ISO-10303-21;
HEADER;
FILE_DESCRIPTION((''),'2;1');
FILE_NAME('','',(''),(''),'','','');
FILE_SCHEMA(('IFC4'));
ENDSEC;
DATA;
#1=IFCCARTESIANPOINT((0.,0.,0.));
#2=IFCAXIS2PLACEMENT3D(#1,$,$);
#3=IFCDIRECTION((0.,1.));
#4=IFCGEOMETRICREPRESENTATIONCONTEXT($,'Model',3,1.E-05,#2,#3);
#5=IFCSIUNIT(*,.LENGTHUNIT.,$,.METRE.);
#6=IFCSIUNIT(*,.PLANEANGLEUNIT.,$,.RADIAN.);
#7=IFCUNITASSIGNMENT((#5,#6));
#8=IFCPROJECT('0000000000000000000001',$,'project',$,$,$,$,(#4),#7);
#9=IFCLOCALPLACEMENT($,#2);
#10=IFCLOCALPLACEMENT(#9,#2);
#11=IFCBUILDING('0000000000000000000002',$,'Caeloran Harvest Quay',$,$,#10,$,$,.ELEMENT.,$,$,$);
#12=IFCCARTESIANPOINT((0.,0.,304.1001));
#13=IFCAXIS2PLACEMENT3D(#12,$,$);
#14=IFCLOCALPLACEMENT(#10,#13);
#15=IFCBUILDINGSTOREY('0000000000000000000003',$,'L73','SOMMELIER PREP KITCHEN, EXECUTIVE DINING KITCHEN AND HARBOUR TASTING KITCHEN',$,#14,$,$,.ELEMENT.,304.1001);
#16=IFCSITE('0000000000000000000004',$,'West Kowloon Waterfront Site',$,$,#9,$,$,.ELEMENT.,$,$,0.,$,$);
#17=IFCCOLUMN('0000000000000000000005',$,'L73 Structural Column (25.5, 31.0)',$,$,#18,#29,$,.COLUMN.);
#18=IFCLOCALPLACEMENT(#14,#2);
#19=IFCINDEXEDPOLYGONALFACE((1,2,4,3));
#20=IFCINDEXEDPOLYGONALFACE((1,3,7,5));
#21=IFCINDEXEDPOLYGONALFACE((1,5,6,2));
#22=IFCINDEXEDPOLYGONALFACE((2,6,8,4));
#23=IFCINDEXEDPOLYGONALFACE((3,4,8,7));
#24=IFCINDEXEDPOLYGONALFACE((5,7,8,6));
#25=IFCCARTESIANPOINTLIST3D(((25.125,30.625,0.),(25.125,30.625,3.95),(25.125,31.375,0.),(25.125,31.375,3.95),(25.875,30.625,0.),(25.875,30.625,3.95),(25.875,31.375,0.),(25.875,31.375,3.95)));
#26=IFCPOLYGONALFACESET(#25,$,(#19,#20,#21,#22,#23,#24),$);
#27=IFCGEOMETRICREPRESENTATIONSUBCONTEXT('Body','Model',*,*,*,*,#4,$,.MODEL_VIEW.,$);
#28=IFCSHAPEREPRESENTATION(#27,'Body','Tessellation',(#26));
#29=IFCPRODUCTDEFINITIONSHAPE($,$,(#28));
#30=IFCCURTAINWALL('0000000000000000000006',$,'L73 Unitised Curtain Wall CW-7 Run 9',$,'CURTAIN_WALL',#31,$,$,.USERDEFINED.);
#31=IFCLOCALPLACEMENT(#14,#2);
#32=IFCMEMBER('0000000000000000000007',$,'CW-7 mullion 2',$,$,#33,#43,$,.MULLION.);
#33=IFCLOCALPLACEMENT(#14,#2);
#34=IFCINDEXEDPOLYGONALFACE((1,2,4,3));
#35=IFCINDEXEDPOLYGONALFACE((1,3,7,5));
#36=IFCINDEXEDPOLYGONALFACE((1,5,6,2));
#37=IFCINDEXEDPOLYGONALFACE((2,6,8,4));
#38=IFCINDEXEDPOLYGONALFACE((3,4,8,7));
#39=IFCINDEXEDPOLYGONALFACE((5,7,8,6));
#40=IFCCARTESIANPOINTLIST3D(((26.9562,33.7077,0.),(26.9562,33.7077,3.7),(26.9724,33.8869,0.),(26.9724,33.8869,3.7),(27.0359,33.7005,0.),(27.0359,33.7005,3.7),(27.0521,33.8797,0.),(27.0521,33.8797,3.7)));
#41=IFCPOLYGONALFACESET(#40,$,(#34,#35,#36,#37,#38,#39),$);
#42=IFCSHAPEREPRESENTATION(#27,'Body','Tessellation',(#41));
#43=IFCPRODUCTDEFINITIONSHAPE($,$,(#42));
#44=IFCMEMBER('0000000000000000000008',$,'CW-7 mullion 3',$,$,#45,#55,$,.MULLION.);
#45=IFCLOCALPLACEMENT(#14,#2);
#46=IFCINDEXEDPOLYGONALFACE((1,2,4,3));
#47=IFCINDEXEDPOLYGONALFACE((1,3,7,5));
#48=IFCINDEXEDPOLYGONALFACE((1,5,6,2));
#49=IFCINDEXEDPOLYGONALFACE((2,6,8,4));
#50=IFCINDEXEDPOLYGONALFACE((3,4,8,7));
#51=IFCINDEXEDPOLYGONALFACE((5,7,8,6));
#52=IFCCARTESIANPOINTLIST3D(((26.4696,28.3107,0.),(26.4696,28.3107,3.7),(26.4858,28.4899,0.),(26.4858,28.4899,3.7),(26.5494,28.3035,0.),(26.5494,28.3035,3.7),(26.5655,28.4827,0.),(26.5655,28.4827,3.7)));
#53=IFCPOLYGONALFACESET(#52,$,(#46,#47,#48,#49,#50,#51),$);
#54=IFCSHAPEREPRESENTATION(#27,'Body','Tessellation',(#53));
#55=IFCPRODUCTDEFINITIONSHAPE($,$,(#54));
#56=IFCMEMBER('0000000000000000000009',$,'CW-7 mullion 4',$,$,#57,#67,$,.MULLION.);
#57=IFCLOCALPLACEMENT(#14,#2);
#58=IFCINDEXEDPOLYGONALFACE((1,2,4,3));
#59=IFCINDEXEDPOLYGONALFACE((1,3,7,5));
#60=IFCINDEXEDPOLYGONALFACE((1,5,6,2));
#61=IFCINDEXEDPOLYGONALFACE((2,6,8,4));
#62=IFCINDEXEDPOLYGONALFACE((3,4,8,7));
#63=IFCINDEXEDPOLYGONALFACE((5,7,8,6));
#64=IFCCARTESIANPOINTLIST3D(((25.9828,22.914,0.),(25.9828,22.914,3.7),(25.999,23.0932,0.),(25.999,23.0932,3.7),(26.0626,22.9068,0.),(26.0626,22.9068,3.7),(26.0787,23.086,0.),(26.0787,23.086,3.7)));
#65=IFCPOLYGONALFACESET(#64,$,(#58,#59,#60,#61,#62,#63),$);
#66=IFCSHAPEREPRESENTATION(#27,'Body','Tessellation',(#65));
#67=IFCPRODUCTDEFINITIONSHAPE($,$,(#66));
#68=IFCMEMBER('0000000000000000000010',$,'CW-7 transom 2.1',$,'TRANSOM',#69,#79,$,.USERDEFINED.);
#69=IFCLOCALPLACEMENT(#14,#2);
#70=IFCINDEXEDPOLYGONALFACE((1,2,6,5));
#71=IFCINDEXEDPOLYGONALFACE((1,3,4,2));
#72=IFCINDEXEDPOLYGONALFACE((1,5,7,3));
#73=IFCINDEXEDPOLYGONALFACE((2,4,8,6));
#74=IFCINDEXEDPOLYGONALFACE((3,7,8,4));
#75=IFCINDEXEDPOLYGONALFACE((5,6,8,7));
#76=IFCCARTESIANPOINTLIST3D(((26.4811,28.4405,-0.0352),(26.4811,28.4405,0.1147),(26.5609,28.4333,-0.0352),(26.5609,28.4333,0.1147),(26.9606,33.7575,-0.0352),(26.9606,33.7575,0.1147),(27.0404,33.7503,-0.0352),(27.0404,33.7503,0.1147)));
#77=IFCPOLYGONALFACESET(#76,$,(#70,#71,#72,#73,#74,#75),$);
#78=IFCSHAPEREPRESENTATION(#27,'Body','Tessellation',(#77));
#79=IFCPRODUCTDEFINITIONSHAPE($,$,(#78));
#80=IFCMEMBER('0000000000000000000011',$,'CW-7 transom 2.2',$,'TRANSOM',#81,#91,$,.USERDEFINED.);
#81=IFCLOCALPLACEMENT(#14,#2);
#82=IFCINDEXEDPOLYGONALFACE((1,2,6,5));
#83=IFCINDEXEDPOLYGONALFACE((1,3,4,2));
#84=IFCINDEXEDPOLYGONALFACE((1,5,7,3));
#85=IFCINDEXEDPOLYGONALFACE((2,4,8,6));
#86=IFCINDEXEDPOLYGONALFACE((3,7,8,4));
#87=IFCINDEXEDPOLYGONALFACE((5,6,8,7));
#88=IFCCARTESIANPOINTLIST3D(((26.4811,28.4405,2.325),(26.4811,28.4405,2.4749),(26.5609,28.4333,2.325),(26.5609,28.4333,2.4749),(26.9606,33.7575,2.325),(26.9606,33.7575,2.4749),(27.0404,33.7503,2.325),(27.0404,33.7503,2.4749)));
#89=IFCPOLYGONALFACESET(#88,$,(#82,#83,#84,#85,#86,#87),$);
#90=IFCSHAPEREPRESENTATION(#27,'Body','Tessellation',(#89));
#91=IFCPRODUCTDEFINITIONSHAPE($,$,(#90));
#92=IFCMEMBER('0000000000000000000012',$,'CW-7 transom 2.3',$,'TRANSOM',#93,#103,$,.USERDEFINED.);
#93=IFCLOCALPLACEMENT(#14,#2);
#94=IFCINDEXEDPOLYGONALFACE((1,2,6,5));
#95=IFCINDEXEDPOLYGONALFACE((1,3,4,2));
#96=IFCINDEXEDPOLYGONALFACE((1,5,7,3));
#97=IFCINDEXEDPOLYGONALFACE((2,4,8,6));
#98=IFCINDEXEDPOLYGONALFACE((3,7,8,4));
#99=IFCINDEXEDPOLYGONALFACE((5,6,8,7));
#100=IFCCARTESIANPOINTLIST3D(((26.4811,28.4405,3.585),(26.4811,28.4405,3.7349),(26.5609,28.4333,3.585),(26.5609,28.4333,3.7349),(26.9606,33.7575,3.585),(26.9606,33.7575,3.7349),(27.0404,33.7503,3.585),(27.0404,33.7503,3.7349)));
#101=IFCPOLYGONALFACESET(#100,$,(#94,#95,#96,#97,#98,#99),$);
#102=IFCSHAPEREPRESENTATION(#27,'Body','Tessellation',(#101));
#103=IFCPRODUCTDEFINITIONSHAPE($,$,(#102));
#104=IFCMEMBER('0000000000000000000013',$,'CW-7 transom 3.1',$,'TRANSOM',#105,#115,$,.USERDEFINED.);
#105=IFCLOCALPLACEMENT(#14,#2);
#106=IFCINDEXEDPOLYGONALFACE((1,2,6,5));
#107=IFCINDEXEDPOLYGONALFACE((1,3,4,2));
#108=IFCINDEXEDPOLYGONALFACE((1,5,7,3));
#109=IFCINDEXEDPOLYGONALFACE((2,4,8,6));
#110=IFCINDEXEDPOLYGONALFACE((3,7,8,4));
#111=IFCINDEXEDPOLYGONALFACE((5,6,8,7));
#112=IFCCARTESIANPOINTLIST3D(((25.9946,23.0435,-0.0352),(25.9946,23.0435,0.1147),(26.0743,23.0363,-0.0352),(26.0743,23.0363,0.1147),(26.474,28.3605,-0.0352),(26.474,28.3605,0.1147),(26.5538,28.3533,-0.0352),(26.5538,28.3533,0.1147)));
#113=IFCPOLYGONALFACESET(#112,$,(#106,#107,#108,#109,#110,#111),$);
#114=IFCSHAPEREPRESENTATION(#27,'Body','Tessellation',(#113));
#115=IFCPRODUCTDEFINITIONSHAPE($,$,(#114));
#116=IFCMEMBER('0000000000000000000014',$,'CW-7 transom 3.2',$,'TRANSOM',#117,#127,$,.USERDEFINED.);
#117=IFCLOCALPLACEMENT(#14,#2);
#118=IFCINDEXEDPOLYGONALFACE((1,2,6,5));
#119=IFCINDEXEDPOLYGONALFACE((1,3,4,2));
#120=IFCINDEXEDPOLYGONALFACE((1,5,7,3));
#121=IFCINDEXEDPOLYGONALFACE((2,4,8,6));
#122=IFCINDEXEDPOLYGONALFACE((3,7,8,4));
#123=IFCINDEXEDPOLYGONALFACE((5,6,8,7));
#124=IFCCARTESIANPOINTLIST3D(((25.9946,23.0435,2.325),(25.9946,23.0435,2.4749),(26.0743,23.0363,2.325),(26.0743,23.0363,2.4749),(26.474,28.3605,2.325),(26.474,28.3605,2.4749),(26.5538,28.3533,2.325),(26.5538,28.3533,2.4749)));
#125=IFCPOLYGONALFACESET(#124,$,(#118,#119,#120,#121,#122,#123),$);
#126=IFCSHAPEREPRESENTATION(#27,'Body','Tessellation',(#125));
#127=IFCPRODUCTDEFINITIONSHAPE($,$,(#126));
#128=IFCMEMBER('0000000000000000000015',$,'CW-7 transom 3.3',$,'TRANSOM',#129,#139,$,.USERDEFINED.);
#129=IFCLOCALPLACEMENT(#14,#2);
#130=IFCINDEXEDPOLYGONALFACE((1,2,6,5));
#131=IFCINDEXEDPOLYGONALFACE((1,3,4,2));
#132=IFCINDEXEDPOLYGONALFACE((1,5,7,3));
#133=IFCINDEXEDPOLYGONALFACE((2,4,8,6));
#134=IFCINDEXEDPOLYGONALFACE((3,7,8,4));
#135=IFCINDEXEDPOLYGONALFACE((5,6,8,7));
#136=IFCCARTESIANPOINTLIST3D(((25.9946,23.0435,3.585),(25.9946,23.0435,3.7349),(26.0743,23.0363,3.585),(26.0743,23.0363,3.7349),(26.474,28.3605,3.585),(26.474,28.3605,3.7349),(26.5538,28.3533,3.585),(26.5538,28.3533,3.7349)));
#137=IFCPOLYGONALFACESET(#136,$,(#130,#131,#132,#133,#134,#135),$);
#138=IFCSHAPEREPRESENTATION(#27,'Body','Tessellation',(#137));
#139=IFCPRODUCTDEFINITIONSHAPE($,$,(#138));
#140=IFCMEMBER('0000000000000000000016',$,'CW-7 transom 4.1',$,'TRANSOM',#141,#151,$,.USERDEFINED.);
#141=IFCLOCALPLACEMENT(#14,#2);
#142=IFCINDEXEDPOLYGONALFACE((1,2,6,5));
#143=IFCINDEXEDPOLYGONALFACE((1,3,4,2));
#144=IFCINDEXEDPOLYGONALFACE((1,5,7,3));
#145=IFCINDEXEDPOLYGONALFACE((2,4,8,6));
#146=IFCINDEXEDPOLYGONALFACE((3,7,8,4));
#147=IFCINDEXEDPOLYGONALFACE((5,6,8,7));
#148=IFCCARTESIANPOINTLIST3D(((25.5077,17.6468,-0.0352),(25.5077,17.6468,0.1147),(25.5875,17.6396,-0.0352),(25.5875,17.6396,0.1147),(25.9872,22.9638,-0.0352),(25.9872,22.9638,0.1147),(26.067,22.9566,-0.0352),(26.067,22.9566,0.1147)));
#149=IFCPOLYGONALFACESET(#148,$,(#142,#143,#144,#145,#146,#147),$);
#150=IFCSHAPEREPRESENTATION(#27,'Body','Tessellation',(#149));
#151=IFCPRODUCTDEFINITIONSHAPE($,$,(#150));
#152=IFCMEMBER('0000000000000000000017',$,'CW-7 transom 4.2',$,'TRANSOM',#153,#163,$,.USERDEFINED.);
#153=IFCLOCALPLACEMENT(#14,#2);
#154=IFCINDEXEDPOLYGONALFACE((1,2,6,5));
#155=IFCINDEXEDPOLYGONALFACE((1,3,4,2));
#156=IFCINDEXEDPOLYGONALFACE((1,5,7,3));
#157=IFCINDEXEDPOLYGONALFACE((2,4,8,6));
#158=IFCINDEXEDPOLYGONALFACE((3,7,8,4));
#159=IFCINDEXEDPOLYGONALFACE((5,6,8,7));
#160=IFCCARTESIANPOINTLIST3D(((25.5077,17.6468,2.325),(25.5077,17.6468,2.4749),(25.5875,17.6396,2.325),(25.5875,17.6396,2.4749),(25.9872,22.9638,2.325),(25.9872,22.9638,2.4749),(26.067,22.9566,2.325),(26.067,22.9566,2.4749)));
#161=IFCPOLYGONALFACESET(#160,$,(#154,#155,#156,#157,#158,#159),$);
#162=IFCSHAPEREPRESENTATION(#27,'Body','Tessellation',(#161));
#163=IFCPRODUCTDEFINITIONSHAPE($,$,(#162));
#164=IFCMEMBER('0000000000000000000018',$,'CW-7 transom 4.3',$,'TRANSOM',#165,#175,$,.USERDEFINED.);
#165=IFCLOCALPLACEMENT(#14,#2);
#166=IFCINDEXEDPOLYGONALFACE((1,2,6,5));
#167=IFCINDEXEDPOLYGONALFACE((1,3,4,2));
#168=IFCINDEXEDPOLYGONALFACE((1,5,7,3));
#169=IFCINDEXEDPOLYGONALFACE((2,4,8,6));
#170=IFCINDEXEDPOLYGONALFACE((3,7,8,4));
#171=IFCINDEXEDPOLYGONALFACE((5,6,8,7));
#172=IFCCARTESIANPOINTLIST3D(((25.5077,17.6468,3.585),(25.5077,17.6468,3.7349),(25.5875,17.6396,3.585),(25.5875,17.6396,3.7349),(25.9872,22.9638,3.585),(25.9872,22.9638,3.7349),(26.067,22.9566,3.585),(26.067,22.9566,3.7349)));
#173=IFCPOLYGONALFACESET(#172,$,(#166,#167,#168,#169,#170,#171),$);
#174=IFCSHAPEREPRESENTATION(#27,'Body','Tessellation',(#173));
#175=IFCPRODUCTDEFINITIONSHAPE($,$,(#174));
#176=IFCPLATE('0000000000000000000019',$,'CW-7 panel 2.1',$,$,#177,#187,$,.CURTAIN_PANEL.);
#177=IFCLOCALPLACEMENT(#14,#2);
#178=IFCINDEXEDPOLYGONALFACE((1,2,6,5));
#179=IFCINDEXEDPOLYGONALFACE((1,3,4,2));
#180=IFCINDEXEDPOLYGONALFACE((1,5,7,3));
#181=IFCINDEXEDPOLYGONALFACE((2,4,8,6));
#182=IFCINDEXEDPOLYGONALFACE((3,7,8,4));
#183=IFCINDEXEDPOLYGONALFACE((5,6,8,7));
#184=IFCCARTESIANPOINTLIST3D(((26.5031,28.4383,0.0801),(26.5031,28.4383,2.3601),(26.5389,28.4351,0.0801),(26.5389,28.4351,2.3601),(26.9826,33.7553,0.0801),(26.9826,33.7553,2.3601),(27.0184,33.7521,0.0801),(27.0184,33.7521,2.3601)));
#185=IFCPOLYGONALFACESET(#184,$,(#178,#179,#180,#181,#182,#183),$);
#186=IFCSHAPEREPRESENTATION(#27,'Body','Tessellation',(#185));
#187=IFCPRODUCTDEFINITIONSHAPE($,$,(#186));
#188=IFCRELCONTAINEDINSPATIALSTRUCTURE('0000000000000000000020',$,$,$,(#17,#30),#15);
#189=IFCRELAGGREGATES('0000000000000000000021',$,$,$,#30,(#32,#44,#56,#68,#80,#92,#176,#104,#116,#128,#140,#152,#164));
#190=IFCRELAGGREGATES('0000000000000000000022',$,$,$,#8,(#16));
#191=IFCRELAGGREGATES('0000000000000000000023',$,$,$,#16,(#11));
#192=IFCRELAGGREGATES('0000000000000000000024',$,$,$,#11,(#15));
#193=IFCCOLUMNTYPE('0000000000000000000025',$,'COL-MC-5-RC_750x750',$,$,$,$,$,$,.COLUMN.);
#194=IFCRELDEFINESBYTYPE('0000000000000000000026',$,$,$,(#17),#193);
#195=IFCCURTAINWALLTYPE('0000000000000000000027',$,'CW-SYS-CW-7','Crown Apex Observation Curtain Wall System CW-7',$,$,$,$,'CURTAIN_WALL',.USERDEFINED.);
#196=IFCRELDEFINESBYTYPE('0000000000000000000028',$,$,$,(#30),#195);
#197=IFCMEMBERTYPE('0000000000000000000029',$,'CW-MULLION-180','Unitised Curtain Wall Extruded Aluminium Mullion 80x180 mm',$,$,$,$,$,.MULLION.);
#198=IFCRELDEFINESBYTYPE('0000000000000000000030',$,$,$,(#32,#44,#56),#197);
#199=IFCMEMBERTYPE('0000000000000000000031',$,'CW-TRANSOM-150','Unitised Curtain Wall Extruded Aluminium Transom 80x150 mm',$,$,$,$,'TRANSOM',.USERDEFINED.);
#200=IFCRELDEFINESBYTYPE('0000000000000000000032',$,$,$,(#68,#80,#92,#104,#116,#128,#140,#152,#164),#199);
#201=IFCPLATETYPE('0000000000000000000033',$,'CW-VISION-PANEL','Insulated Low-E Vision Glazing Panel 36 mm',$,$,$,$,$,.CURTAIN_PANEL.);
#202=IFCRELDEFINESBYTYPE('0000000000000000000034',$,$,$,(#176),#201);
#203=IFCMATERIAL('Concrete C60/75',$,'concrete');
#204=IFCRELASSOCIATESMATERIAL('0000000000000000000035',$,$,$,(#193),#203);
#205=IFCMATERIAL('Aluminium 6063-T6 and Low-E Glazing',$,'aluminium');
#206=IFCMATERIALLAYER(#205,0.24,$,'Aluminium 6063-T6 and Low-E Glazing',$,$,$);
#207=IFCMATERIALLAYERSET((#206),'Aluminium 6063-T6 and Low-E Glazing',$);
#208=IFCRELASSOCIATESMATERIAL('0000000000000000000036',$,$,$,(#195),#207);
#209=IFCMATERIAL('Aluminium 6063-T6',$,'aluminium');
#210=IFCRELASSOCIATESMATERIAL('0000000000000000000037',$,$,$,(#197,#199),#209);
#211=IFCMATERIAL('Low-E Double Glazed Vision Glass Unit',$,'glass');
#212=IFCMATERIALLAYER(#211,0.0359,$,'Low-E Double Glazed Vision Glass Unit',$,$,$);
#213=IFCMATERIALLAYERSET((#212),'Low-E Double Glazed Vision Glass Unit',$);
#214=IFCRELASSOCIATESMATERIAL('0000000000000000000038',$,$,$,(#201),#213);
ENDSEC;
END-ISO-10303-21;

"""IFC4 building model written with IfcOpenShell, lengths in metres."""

from ifc_helpers import new_model, si_unit, direction, frame, origin, origin_2d, place, context, subcontext, project, spatial, rectangle, extrude, material, layer, layer_set, material_profile, profile_set, type_object, element, aggregate, save


model = new_model("IFC4")

# Units and contexts
model_context = context("Model", 3, precision=1e-05, world=origin(), true_north=direction((0.0, 1.0)))
body_context = subcontext(model_context, "Body", "Model", "MODEL_VIEW")
ifc_project = project(units=[si_unit("LENGTHUNIT", "METRE"), si_unit("PLANEANGLEUNIT", "RADIAN")], contexts=[model_context])

# Site, building, storey
site_placement = place(None, origin())
site = spatial("IfcSite", under=ifc_project, at=site_placement, Name="West Kowloon Waterfront Site", CompositionType="ELEMENT", RefElevation=0.0)
building_placement = place(site_placement, origin())
building = spatial("IfcBuilding", under=site, at=building_placement, Name="Caeloran Harvest Quay", CompositionType="ELEMENT")
storey_placement = place(building_placement, frame((0.0, 0.0, 304.1001)))
storey = spatial("IfcBuildingStorey", under=building, at=storey_placement, Name="L73", Description="SOMMELIER PREP KITCHEN, EXECUTIVE DINING KITCHEN AND HARBOUR TASTING KITCHEN", CompositionType="ELEMENT", Elevation=304.1001)

# Column
ifc_material_1 = material(Name="Concrete C60/75", Category="concrete")
ifc_material_profile_1 = material_profile(ifc_material_1, rectangle(XDim=0.75, YDim=0.75, at=origin_2d()), Name="RC 750x750")
ifc_profile_set_1 = profile_set([ifc_material_profile_1], Name="Concrete C60/75")
column_type = type_object("IfcColumnType", Name="COL-MC-5-RC_750x750", PredefinedType="COLUMN", material=ifc_profile_set_1)
column_placement = place(storey_placement, frame((25.5, 31.0, 0.0), z_axis=(0.0, 0.0, 1.0), x_axis=(1.0, 0.0, 0.0)))
element("IfcColumn", 1, at=column_placement, inside=storey, type_object=column_type, Name="L73 Structural Column (25.5, 31.0)", PredefinedType="COLUMN", context=body_context, shape_type="SweptSolid", body=[
    extrude(rectangle(XDim=0.75, YDim=0.75, at=origin_2d()), origin(), (0.0, 0.0, 1.0), 3.95),
])

# Curtain wall, members, plate
ifc_material_2 = material(Name="Aluminium 6063-T6 and Low-E Glazing", Category="aluminium")
ifc_layer_1 = layer(ifc_material_2, 0.24, Name="Aluminium 6063-T6 and Low-E Glazing")
ifc_layer_set_1 = layer_set([ifc_layer_1], Name="Aluminium 6063-T6 and Low-E Glazing")
curtain_wall_type = type_object("IfcCurtainWallType", Name="CW-SYS-CW-7", Description="Crown Apex Observation Curtain Wall System CW-7", ElementType="CURTAIN_WALL", PredefinedType="USERDEFINED", material=ifc_layer_set_1)
curtain_wall_placement = place(storey_placement, origin())
curtain_wall = element("IfcCurtainWall", 2, at=curtain_wall_placement, inside=storey, type_object=curtain_wall_type, Name="L73 Unitised Curtain Wall CW-7 Run 9", ObjectType="CURTAIN_WALL", PredefinedType="USERDEFINED")
ifc_material_3 = material(Name="Aluminium 6063-T6", Category="aluminium")
ifc_material_profile_2 = material_profile(ifc_material_3, rectangle(XDim=0.0801, YDim=0.1799, at=origin_2d()), Name="CW-MULLION-180")
ifc_profile_set_2 = profile_set([ifc_material_profile_2], Name="Aluminium 6063-T6")
member_type_1 = type_object("IfcMemberType", Name="CW-MULLION-180", Description="Unitised Curtain Wall Extruded Aluminium Mullion 80x180 mm", PredefinedType="MULLION", material=ifc_profile_set_2)
member_1_placement = place(storey_placement, frame((27.0042, 33.7937, 0.0), z_axis=(0.0, 0.0, 1.0), x_axis=(0.995958, -0.089821, 0.0)))
member_1 = element("IfcMember", 3, at=member_1_placement, type_object=member_type_1, Name="CW-7 mullion 2", PredefinedType="MULLION", context=body_context, shape_type="SweptSolid", body=[
    extrude(rectangle(XDim=0.0801, YDim=0.1799, at=origin_2d()), origin(), (0.0, 0.0, 1.0), 3.7),
])
member_2_placement = place(storey_placement, frame((26.5176, 28.3967, 0.0), z_axis=(0.0, 0.0, 1.0), x_axis=(0.995958, -0.089821, 0.0)))
member_2 = element("IfcMember", 4, at=member_2_placement, type_object=member_type_1, Name="CW-7 mullion 3", PredefinedType="MULLION", context=body_context, shape_type="SweptSolid", body=[
    extrude(rectangle(XDim=0.0801, YDim=0.1799, at=origin_2d()), origin(), (0.0, 0.0, 1.0), 3.7),
])
member_3_placement = place(storey_placement, frame((26.0308, 23.0, 0.0), z_axis=(0.0, 0.0, 1.0), x_axis=(0.995958, -0.089821, 0.0)))
member_3 = element("IfcMember", 5, at=member_3_placement, type_object=member_type_1, Name="CW-7 mullion 4", PredefinedType="MULLION", context=body_context, shape_type="SweptSolid", body=[
    extrude(rectangle(XDim=0.0801, YDim=0.1799, at=origin_2d()), origin(), (0.0, 0.0, 1.0), 3.7),
])
ifc_material_profile_3 = material_profile(ifc_material_3, rectangle(XDim=0.0801, YDim=0.1499, at=origin_2d()), Name="CW-TRANSOM-150")
ifc_profile_set_3 = profile_set([ifc_material_profile_3], Name="Aluminium 6063-T6")
member_type_2 = type_object("IfcMemberType", Name="CW-TRANSOM-150", Description="Unitised Curtain Wall Extruded Aluminium Transom 80x150 mm", ElementType="TRANSOM", PredefinedType="USERDEFINED", material=ifc_profile_set_3)
member_4_placement = place(storey_placement, frame((27.0005, 33.7539, 0.0398), z_axis=(-0.089814, -0.995959, 0.0), x_axis=(0.995959, -0.089814, 0.0)))
member_4 = element("IfcMember", 6, at=member_4_placement, type_object=member_type_2, Name="CW-7 transom 2.1", ObjectType="TRANSOM", PredefinedType="USERDEFINED", context=body_context, shape_type="SweptSolid", body=[
    extrude(rectangle(XDim=0.0801, YDim=0.1499, at=origin_2d()), origin(), (0.0, 0.0, 1.0), 5.3386),
])
member_5_placement = place(storey_placement, frame((27.0005, 33.7539, 2.3999), z_axis=(-0.089814, -0.995959, 0.0), x_axis=(0.995959, -0.089814, 0.0)))
member_5 = element("IfcMember", 7, at=member_5_placement, type_object=member_type_2, Name="CW-7 transom 2.2", ObjectType="TRANSOM", PredefinedType="USERDEFINED", context=body_context, shape_type="SweptSolid", body=[
    extrude(rectangle(XDim=0.0801, YDim=0.1499, at=origin_2d()), origin(), (0.0, 0.0, 1.0), 5.3386),
])
member_6_placement = place(storey_placement, frame((27.0005, 33.7539, 3.6599), z_axis=(-0.089814, -0.995959, 0.0), x_axis=(0.995959, -0.089814, 0.0)))
member_6 = element("IfcMember", 8, at=member_6_placement, type_object=member_type_2, Name="CW-7 transom 2.3", ObjectType="TRANSOM", PredefinedType="USERDEFINED", context=body_context, shape_type="SweptSolid", body=[
    extrude(rectangle(XDim=0.0801, YDim=0.1499, at=origin_2d()), origin(), (0.0, 0.0, 1.0), 5.3386),
])
member_7_placement = place(storey_placement, frame((26.5139, 28.3569, 0.0398), z_axis=(-0.089814, -0.995959, 0.0), x_axis=(0.995959, -0.089814, 0.0)))
member_7 = element("IfcMember", 9, at=member_7_placement, type_object=member_type_2, Name="CW-7 transom 3.1", ObjectType="TRANSOM", PredefinedType="USERDEFINED", context=body_context, shape_type="SweptSolid", body=[
    extrude(rectangle(XDim=0.0801, YDim=0.1499, at=origin_2d()), origin(), (0.0, 0.0, 1.0), 5.3386),
])
member_8_placement = place(storey_placement, frame((26.5139, 28.3569, 2.3999), z_axis=(-0.089814, -0.995959, 0.0), x_axis=(0.995959, -0.089814, 0.0)))
member_8 = element("IfcMember", 10, at=member_8_placement, type_object=member_type_2, Name="CW-7 transom 3.2", ObjectType="TRANSOM", PredefinedType="USERDEFINED", context=body_context, shape_type="SweptSolid", body=[
    extrude(rectangle(XDim=0.0801, YDim=0.1499, at=origin_2d()), origin(), (0.0, 0.0, 1.0), 5.3386),
])
member_9_placement = place(storey_placement, frame((26.5139, 28.3569, 3.6599), z_axis=(-0.089814, -0.995959, 0.0), x_axis=(0.995959, -0.089814, 0.0)))
member_9 = element("IfcMember", 11, at=member_9_placement, type_object=member_type_2, Name="CW-7 transom 3.3", ObjectType="TRANSOM", PredefinedType="USERDEFINED", context=body_context, shape_type="SweptSolid", body=[
    extrude(rectangle(XDim=0.0801, YDim=0.1499, at=origin_2d()), origin(), (0.0, 0.0, 1.0), 5.3386),
])
member_10_placement = place(storey_placement, frame((26.0271, 22.9602, 0.0398), z_axis=(-0.089814, -0.995959, 0.0), x_axis=(0.995959, -0.089814, 0.0)))
member_10 = element("IfcMember", 12, at=member_10_placement, type_object=member_type_2, Name="CW-7 transom 4.1", ObjectType="TRANSOM", PredefinedType="USERDEFINED", context=body_context, shape_type="SweptSolid", body=[
    extrude(rectangle(XDim=0.0801, YDim=0.1499, at=origin_2d()), origin(), (0.0, 0.0, 1.0), 5.3386),
])
member_11_placement = place(storey_placement, frame((26.0271, 22.9602, 2.3999), z_axis=(-0.089814, -0.995959, 0.0), x_axis=(0.995959, -0.089814, 0.0)))
member_11 = element("IfcMember", 13, at=member_11_placement, type_object=member_type_2, Name="CW-7 transom 4.2", ObjectType="TRANSOM", PredefinedType="USERDEFINED", context=body_context, shape_type="SweptSolid", body=[
    extrude(rectangle(XDim=0.0801, YDim=0.1499, at=origin_2d()), origin(), (0.0, 0.0, 1.0), 5.3386),
])
member_12_placement = place(storey_placement, frame((26.0271, 22.9602, 3.6599), z_axis=(-0.089814, -0.995959, 0.0), x_axis=(0.995959, -0.089814, 0.0)))
member_12 = element("IfcMember", 14, at=member_12_placement, type_object=member_type_2, Name="CW-7 transom 4.3", ObjectType="TRANSOM", PredefinedType="USERDEFINED", context=body_context, shape_type="SweptSolid", body=[
    extrude(rectangle(XDim=0.0801, YDim=0.1499, at=origin_2d()), origin(), (0.0, 0.0, 1.0), 5.3386),
])
ifc_material_4 = material(Name="Low-E Double Glazed Vision Glass Unit", Category="glass")
ifc_layer_2 = layer(ifc_material_4, 0.0359, Name="Low-E Double Glazed Vision Glass Unit")
ifc_layer_set_2 = layer_set([ifc_layer_2], Name="Low-E Double Glazed Vision Glass Unit")
plate_type = type_object("IfcPlateType", Name="CW-VISION-PANEL", Description="Insulated Low-E Vision Glazing Panel 36 mm", PredefinedType="CURTAIN_PANEL", material=ifc_layer_set_2)
plate_1_placement = place(storey_placement, frame((26.7607, 31.0952, 0.0801), z_axis=(0.0, 0.0, 1.0), x_axis=(-0.089821, -0.995958, 0.0)))
plate_1 = element("IfcPlate", 15, at=plate_1_placement, type_object=plate_type, Name="CW-7 panel 2.1", PredefinedType="CURTAIN_PANEL", context=body_context, shape_type="SweptSolid", body=[
    extrude(rectangle(XDim=5.3386, YDim=0.0359, at=origin_2d()), origin(), (0.0, 0.0, 1.0), 2.28),
])
aggregate(curtain_wall, [member_1, member_2, member_3, member_4, member_5, member_6, plate_1, member_7, member_8, member_9, member_10, member_11, member_12])

save(model, "model.ifc")
